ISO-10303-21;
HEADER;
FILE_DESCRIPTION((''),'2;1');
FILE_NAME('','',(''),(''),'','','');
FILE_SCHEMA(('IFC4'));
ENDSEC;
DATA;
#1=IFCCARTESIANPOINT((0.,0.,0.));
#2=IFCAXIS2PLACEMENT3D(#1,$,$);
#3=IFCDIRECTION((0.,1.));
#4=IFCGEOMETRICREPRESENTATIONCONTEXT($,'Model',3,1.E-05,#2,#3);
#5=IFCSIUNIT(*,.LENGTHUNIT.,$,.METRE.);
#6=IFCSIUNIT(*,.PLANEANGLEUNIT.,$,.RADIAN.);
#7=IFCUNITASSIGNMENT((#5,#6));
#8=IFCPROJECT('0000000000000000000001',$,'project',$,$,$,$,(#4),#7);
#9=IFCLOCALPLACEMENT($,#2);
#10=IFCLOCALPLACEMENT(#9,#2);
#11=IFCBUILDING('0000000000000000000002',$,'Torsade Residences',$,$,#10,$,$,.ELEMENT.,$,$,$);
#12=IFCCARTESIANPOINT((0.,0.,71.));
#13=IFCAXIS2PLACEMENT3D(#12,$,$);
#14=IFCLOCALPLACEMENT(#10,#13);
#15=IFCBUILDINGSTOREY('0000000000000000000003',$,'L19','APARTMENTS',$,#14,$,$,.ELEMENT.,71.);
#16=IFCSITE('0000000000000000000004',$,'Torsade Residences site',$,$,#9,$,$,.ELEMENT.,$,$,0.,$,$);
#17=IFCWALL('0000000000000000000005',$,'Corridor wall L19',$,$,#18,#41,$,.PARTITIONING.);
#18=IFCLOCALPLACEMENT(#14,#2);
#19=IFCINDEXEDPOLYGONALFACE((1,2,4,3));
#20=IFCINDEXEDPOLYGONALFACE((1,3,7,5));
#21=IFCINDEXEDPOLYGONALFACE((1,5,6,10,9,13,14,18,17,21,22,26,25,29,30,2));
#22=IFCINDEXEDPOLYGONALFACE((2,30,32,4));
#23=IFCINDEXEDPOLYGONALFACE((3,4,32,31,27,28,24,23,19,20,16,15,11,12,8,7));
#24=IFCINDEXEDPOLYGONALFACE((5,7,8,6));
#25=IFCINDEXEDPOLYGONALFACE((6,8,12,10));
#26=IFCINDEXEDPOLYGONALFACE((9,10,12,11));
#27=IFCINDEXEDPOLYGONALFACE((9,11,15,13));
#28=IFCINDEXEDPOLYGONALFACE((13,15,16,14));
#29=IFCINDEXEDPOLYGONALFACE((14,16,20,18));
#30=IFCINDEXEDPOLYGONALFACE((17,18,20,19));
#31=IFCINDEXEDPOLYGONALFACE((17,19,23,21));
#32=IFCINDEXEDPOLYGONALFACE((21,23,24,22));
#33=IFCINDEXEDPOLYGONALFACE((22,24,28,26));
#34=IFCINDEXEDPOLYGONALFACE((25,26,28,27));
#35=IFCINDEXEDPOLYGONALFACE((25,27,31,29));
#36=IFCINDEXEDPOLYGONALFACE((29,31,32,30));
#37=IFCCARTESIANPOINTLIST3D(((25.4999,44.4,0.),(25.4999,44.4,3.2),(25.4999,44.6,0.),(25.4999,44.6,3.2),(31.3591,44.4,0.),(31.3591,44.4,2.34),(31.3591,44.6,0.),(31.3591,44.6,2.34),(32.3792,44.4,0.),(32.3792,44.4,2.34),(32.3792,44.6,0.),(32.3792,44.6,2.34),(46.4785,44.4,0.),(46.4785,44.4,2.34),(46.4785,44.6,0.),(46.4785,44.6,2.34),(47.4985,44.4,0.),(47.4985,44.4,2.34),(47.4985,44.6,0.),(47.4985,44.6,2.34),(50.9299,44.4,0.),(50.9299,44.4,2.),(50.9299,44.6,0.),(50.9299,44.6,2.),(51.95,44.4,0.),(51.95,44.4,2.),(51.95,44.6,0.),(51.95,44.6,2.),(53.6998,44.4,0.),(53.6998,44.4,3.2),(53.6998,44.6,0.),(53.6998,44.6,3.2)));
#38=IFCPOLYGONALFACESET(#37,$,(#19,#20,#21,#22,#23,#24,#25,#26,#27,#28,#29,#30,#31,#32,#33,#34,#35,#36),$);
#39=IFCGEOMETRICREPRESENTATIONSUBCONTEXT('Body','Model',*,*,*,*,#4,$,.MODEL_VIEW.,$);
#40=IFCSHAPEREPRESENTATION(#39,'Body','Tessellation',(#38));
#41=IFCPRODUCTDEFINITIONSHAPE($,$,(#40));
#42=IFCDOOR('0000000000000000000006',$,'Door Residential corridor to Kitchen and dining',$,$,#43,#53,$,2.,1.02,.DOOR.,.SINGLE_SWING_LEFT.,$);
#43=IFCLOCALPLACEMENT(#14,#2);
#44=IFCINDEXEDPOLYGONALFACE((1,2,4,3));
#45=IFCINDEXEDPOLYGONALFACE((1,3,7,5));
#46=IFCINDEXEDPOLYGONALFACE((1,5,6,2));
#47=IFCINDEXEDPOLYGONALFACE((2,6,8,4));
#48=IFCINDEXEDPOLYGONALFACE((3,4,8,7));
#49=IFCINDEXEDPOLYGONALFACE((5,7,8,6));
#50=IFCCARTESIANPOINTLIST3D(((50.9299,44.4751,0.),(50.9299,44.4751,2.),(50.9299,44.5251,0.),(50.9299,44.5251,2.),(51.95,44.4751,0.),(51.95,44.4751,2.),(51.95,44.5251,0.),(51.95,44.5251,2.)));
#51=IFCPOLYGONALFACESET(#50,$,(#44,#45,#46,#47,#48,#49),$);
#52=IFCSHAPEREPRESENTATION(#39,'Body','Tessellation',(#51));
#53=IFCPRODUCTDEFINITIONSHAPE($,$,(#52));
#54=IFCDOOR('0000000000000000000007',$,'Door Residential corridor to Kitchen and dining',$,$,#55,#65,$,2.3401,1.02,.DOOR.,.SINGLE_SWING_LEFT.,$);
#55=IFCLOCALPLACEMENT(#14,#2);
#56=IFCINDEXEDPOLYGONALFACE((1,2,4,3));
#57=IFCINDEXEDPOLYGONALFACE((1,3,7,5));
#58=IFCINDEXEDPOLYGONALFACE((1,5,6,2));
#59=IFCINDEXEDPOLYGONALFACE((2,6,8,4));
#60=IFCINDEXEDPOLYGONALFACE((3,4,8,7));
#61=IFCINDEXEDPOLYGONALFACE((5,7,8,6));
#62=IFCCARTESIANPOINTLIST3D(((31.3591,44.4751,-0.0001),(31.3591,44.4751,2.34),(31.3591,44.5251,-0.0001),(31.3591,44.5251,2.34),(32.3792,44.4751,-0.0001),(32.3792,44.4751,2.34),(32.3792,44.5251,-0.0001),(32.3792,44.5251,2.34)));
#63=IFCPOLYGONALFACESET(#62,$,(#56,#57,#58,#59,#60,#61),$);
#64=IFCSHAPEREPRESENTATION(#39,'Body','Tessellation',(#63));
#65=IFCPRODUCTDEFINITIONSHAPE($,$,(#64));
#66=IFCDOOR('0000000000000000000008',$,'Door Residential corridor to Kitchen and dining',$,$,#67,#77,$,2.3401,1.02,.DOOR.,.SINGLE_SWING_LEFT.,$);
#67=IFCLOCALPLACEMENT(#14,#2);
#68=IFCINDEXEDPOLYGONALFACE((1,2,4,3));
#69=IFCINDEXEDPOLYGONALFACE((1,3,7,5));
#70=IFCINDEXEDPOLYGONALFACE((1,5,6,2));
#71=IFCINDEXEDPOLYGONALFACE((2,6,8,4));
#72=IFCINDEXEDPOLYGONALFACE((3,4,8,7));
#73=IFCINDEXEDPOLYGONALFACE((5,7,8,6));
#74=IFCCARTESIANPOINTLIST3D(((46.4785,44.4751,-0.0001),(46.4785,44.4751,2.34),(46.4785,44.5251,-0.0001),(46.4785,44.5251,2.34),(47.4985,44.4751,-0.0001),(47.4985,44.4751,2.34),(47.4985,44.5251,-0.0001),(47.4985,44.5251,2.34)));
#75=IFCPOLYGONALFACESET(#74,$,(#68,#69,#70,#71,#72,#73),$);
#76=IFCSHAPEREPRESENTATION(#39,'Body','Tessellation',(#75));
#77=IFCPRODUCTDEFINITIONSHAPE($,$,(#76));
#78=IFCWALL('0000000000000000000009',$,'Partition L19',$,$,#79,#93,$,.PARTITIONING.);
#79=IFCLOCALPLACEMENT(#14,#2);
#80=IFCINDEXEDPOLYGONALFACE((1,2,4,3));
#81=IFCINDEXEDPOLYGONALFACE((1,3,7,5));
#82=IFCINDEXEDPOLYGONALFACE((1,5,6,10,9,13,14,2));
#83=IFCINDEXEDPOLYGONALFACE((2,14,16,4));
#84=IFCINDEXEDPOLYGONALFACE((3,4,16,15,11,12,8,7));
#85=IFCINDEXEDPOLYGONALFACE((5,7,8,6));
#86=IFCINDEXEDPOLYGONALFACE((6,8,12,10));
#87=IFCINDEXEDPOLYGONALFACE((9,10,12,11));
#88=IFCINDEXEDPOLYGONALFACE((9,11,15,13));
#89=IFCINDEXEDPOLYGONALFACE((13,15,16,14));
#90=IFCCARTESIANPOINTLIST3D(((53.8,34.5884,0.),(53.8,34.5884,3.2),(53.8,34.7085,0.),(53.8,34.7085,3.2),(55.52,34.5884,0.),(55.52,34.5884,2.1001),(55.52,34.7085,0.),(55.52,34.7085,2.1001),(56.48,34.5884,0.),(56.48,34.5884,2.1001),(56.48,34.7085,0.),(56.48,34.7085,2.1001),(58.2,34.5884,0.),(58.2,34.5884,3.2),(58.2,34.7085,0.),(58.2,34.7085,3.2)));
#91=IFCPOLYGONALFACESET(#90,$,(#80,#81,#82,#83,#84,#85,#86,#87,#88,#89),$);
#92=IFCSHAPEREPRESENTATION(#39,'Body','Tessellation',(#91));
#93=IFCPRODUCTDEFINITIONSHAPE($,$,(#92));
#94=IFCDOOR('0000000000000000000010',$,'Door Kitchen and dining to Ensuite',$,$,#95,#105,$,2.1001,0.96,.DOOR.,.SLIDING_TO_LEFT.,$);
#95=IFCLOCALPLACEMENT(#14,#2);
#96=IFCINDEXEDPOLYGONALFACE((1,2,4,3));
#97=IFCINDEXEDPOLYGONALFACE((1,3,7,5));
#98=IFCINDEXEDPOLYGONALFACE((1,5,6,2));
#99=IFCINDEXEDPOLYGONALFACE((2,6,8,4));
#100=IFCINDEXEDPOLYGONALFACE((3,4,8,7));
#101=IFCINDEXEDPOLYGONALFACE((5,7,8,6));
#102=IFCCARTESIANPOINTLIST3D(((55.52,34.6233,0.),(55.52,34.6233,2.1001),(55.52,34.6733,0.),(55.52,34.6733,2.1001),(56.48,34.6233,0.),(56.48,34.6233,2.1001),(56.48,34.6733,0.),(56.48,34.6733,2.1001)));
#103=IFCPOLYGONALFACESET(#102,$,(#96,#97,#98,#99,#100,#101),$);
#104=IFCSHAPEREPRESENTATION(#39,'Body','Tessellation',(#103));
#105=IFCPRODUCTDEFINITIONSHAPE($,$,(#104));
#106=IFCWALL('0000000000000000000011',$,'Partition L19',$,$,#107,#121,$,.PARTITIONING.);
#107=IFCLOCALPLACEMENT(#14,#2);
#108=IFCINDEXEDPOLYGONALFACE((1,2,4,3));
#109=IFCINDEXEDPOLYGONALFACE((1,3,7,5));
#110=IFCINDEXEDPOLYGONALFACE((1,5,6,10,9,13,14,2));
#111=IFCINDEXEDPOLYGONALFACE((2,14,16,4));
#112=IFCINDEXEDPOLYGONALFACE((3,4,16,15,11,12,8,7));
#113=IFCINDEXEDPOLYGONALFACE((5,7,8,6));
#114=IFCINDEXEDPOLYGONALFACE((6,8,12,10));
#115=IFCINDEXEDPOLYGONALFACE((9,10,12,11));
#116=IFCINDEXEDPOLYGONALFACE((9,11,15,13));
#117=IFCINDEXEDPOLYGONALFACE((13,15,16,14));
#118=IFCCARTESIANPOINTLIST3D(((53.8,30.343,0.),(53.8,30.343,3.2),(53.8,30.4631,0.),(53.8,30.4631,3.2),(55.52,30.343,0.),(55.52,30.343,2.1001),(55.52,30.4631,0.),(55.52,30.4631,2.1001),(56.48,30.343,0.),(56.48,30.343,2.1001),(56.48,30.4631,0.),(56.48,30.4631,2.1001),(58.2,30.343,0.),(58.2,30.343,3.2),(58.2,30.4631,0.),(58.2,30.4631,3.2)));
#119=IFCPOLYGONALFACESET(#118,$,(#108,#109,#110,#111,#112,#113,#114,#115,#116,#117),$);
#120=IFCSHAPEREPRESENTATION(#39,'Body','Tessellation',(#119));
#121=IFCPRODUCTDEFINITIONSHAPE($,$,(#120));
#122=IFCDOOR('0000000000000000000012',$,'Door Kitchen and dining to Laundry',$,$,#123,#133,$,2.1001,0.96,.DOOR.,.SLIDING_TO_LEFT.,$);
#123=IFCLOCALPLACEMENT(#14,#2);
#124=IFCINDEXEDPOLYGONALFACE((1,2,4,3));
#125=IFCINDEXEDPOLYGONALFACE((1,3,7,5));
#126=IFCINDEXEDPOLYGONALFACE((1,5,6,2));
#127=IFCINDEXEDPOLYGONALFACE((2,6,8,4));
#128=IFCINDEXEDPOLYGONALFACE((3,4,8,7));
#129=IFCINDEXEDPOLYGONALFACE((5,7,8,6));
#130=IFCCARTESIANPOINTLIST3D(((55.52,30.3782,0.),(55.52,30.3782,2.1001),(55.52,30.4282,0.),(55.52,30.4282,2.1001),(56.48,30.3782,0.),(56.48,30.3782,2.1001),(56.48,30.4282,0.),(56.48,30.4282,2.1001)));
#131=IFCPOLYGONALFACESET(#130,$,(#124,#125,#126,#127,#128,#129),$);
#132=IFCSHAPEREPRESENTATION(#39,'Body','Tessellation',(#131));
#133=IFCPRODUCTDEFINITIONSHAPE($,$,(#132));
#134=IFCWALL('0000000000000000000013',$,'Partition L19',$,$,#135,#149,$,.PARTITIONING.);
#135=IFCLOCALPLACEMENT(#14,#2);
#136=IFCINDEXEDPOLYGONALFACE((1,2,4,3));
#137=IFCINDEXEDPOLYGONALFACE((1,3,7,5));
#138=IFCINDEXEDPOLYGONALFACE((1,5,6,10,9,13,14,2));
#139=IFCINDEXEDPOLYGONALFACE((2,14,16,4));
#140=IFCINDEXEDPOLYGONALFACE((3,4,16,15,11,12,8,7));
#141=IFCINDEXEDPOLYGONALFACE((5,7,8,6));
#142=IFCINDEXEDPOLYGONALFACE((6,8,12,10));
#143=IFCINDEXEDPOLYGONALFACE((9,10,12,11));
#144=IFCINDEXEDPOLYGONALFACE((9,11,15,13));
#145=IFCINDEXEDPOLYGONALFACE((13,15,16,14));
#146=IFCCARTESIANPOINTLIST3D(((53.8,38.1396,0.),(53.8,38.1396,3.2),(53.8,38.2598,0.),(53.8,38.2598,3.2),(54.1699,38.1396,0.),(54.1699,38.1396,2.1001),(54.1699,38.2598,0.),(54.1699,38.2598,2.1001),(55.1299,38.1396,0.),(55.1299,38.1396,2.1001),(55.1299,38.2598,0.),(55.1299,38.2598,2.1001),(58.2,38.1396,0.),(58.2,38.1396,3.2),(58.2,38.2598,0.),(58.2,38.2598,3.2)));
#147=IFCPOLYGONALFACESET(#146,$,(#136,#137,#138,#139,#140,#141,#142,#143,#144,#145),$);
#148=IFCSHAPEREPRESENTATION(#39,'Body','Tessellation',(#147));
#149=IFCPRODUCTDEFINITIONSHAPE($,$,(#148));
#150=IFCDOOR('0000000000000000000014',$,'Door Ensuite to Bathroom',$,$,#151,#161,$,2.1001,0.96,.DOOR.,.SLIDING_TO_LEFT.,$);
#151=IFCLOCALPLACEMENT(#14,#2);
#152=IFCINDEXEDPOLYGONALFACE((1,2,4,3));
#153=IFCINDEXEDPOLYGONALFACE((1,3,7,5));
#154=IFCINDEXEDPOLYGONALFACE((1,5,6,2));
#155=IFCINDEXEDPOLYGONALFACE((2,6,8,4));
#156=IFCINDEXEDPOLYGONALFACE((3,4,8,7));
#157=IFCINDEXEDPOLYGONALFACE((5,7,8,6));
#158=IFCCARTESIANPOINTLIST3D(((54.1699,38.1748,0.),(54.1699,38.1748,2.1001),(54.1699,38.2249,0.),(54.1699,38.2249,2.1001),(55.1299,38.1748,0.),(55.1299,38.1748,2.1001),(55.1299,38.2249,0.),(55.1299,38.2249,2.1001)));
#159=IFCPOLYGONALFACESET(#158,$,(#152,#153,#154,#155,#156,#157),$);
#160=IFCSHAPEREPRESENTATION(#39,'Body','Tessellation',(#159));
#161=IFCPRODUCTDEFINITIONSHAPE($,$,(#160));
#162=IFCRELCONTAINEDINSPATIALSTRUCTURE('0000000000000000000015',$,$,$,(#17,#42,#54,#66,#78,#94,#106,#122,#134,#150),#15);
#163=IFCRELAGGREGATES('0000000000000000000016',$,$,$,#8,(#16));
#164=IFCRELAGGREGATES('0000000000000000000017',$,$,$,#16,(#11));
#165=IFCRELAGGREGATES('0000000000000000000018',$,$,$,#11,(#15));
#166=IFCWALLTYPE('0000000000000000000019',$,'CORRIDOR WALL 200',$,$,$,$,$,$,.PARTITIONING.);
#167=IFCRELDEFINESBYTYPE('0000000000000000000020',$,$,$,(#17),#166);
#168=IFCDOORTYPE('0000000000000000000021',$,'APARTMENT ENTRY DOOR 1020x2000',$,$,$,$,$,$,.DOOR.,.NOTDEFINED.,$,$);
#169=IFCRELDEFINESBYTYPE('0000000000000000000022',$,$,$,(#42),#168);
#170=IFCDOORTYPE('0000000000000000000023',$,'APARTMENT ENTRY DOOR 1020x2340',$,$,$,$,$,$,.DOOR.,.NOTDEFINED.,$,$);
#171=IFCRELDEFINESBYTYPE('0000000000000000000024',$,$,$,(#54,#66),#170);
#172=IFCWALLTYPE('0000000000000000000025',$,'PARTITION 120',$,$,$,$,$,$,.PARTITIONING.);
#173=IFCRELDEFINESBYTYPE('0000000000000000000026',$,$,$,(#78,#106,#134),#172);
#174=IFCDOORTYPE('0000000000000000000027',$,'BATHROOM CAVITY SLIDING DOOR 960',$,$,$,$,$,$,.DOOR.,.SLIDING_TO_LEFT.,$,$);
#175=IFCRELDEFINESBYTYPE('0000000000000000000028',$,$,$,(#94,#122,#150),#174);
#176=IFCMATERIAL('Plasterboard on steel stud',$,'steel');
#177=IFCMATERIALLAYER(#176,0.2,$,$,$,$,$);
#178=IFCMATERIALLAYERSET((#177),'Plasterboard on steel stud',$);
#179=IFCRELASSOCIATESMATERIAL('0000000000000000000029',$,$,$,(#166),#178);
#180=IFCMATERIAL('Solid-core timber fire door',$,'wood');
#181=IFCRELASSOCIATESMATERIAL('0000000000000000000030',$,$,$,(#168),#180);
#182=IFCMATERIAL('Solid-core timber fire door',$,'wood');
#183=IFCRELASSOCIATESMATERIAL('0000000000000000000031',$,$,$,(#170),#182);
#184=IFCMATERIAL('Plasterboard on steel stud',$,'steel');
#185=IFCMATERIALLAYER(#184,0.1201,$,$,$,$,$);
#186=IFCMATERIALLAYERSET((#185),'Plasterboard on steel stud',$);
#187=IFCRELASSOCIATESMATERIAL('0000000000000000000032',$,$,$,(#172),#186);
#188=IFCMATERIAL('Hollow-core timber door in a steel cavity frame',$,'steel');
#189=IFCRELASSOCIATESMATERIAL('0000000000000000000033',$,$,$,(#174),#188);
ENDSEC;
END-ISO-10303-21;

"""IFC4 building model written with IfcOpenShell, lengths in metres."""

from ifc_helpers import new_model, si_unit, direction, frame, frame_2d, origin, place, context, subcontext, project, spatial, rectangle, extrude, material, layer, layer_set, type_object, element, fill, save


model = new_model("IFC4")

# Units and contexts
model_context = context("Model", 3, precision=1e-05, world=origin(), true_north=direction((0.0, 1.0)))
body_context = subcontext(model_context, "Body", "Model", "MODEL_VIEW")
ifc_project = project(units=[si_unit("LENGTHUNIT", "METRE"), si_unit("PLANEANGLEUNIT", "RADIAN")], contexts=[model_context])

# Site, building, storey
site_placement = place(None, origin())
site = spatial("IfcSite", under=ifc_project, at=site_placement, Name="Torsade Residences site", CompositionType="ELEMENT", RefElevation=0.0)
building_placement = place(site_placement, origin())
building = spatial("IfcBuilding", under=site, at=building_placement, Name="Torsade Residences", CompositionType="ELEMENT")
storey_placement = place(building_placement, frame((0.0, 0.0, 71.0)))
storey = spatial("IfcBuildingStorey", under=building, at=storey_placement, Name="L19", Description="APARTMENTS", CompositionType="ELEMENT", Elevation=71.0)

# Wall, openings, doors
ifc_material_1 = material(Name="Plasterboard on steel stud", Category="steel")
ifc_layer_1 = layer(ifc_material_1, 0.2)
ifc_layer_set_1 = layer_set([ifc_layer_1], Name="Plasterboard on steel stud")
wall_type_1 = type_object("IfcWallType", Name="CORRIDOR WALL 200", PredefinedType="PARTITIONING", material=ifc_layer_set_1)
wall_1_placement = place(storey_placement, frame((53.7, 44.5, 0.0), z_axis=(0.0, 0.0, 1.0), x_axis=(-1.0, 0.0, 0.0)))
wall_1 = element("IfcWall", 1, at=wall_1_placement, inside=storey, type_object=wall_type_1, Name="Corridor wall L19", PredefinedType="PARTITIONING", context=body_context, shape_type="SweptSolid", body=[
    extrude(rectangle(XDim=28.2, YDim=0.2, at=frame_2d((14.1001, 0.0))), origin(), (0.0, 0.0, 1.0), 3.2),
])
opening_1_placement = place(wall_1_placement, frame((21.3208, 0.0, 0.0)))
opening_1 = element("IfcOpeningElement", 2, at=opening_1_placement, cuts=wall_1, PredefinedType="OPENING", context=body_context, shape_type="SweptSolid", body=[
    extrude(rectangle(XDim=1.02, YDim=2.3401, at=frame_2d((0.51, 1.1699))), frame((0.0, 0.1099, 0.0), z_axis=(0.0, -1.0, 0.0), x_axis=(1.0, 0.0, 0.0)), (0.0, 0.0, 1.0), 0.22),
])
opening_2_placement = place(wall_1_placement, frame((6.2014, 0.0, 0.0)))
opening_2 = element("IfcOpeningElement", 3, at=opening_2_placement, cuts=wall_1, PredefinedType="OPENING", context=body_context, shape_type="SweptSolid", body=[
    extrude(rectangle(XDim=1.02, YDim=2.3401, at=frame_2d((0.51, 1.1699))), frame((0.0, 0.1099, 0.0), z_axis=(0.0, -1.0, 0.0), x_axis=(1.0, 0.0, 0.0)), (0.0, 0.0, 1.0), 0.22),
])
opening_3_placement = place(wall_1_placement, frame((1.75, 0.0, 0.0)))
opening_3 = element("IfcOpeningElement", 4, at=opening_3_placement, cuts=wall_1, PredefinedType="OPENING", context=body_context, shape_type="SweptSolid", body=[
    extrude(rectangle(XDim=1.02, YDim=2.0, at=frame_2d((0.51, 1.0))), frame((0.0, 0.1099, 0.0), z_axis=(0.0, -1.0, 0.0), x_axis=(1.0, 0.0, 0.0)), (0.0, 0.0, 1.0), 0.22),
])
ifc_material_2 = material(Name="Solid-core timber fire door", Category="wood")
door_type_1 = type_object("IfcDoorType", Name="APARTMENT ENTRY DOOR 1020x2000", OperationType="NOTDEFINED", PredefinedType="DOOR", material=ifc_material_2)
door_1_placement = place(opening_3_placement, origin())
door_1 = element("IfcDoor", 5, at=door_1_placement, inside=storey, type_object=door_type_1, Name="Door Residential corridor to Kitchen and dining", OperationType="SINGLE_SWING_LEFT", OverallHeight=2.0, OverallWidth=1.02, PredefinedType="DOOR", context=body_context, shape_type="SweptSolid", body=[
    extrude(rectangle(XDim=1.02, YDim=2.0, at=frame_2d((0.51, 1.0))), frame((0.0, 0.0249, 0.0), z_axis=(0.0, -1.0, 0.0), x_axis=(1.0, 0.0, 0.0)), (0.0, 0.0, 1.0), 0.05),
])
fill(opening_3, door_1)
ifc_material_3 = material(Name="Solid-core timber fire door", Category="wood")
door_type_2 = type_object("IfcDoorType", Name="APARTMENT ENTRY DOOR 1020x2340", OperationType="NOTDEFINED", PredefinedType="DOOR", material=ifc_material_3)
door_2_placement = place(opening_1_placement, origin())
door_2 = element("IfcDoor", 6, at=door_2_placement, inside=storey, type_object=door_type_2, Name="Door Residential corridor to Kitchen and dining", OperationType="SINGLE_SWING_LEFT", OverallHeight=2.3401, OverallWidth=1.02, PredefinedType="DOOR", context=body_context, shape_type="SweptSolid", body=[
    extrude(rectangle(XDim=1.02, YDim=2.3401, at=frame_2d((0.51, 1.1699))), frame((0.0, 0.0249, 0.0), z_axis=(0.0, -1.0, 0.0), x_axis=(1.0, 0.0, 0.0)), (0.0, 0.0, 1.0), 0.05),
])
fill(opening_1, door_2)
door_3_placement = place(opening_2_placement, origin())
door_3 = element("IfcDoor", 7, at=door_3_placement, inside=storey, type_object=door_type_2, Name="Door Residential corridor to Kitchen and dining", OperationType="SINGLE_SWING_LEFT", OverallHeight=2.3401, OverallWidth=1.02, PredefinedType="DOOR", context=body_context, shape_type="SweptSolid", body=[
    extrude(rectangle(XDim=1.02, YDim=2.3401, at=frame_2d((0.51, 1.1699))), frame((0.0, 0.0249, 0.0), z_axis=(0.0, -1.0, 0.0), x_axis=(1.0, 0.0, 0.0)), (0.0, 0.0, 1.0), 0.05),
])
fill(opening_2, door_3)

# Walls, openings, doors
ifc_material_4 = material(Name="Plasterboard on steel stud", Category="steel")
ifc_layer_2 = layer(ifc_material_4, 0.1201)
ifc_layer_set_2 = layer_set([ifc_layer_2], Name="Plasterboard on steel stud")
wall_type_2 = type_object("IfcWallType", Name="PARTITION 120", PredefinedType="PARTITIONING", material=ifc_layer_set_2)
wall_2_placement = place(storey_placement, frame((53.8, 34.6484, 0.0), z_axis=(0.0, 0.0, 1.0), x_axis=(1.0, 0.0, 0.0)))
wall_2 = element("IfcWall", 8, at=wall_2_placement, inside=storey, type_object=wall_type_2, Name="Partition L19", PredefinedType="PARTITIONING", context=body_context, shape_type="SweptSolid", body=[
    extrude(rectangle(XDim=4.3999, YDim=0.1201, at=frame_2d((2.2, 0.0))), origin(), (0.0, 0.0, 1.0), 3.2),
])
opening_4_placement = place(wall_2_placement, frame((1.72, 0.0, 0.0)))
opening_4 = element("IfcOpeningElement", 9, at=opening_4_placement, cuts=wall_2, PredefinedType="OPENING", context=body_context, shape_type="SweptSolid", body=[
    extrude(rectangle(XDim=0.96, YDim=2.1001, at=frame_2d((0.48, 1.05))), frame((0.0, 0.0701, 0.0), z_axis=(0.0, -1.0, 0.0), x_axis=(1.0, 0.0, 0.0)), (0.0, 0.0, 1.0), 0.1401),
])
ifc_material_5 = material(Name="Hollow-core timber door in a steel cavity frame", Category="steel")
door_type_3 = type_object("IfcDoorType", Name="BATHROOM CAVITY SLIDING DOOR 960", OperationType="SLIDING_TO_LEFT", PredefinedType="DOOR", material=ifc_material_5)
door_4_placement = place(opening_4_placement, origin())
door_4 = element("IfcDoor", 10, at=door_4_placement, inside=storey, type_object=door_type_3, Name="Door Kitchen and dining to Ensuite", OperationType="SLIDING_TO_LEFT", OverallHeight=2.1001, OverallWidth=0.96, PredefinedType="DOOR", context=body_context, shape_type="SweptSolid", body=[
    extrude(rectangle(XDim=0.96, YDim=2.1001, at=frame_2d((0.48, 1.05))), frame((0.0, 0.0249, 0.0), z_axis=(0.0, -1.0, 0.0), x_axis=(1.0, 0.0, 0.0)), (0.0, 0.0, 1.0), 0.05),
])
fill(opening_4, door_4)
wall_3_placement = place(storey_placement, frame((58.2, 30.4031, 0.0), z_axis=(0.0, 0.0, 1.0), x_axis=(-1.0, 0.0, 0.0)))
wall_3 = element("IfcWall", 11, at=wall_3_placement, inside=storey, type_object=wall_type_2, Name="Partition L19", PredefinedType="PARTITIONING", context=body_context, shape_type="SweptSolid", body=[
    extrude(rectangle(XDim=4.3999, YDim=0.1201, at=frame_2d((2.2, 0.0))), origin(), (0.0, 0.0, 1.0), 3.2),
])
opening_5_placement = place(wall_3_placement, frame((1.72, 0.0, 0.0)))
opening_5 = element("IfcOpeningElement", 12, at=opening_5_placement, cuts=wall_3, PredefinedType="OPENING", context=body_context, shape_type="SweptSolid", body=[
    extrude(rectangle(XDim=0.96, YDim=2.1001, at=frame_2d((0.48, 1.05))), frame((0.0, 0.0701, 0.0), z_axis=(0.0, -1.0, 0.0), x_axis=(1.0, 0.0, 0.0)), (0.0, 0.0, 1.0), 0.1401),
])
door_5_placement = place(opening_5_placement, origin())
door_5 = element("IfcDoor", 13, at=door_5_placement, inside=storey, type_object=door_type_3, Name="Door Kitchen and dining to Laundry", OperationType="SLIDING_TO_LEFT", OverallHeight=2.1001, OverallWidth=0.96, PredefinedType="DOOR", context=body_context, shape_type="SweptSolid", body=[
    extrude(rectangle(XDim=0.96, YDim=2.1001, at=frame_2d((0.48, 1.05))), frame((0.0, 0.0249, 0.0), z_axis=(0.0, -1.0, 0.0), x_axis=(1.0, 0.0, 0.0)), (0.0, 0.0, 1.0), 0.05),
])
fill(opening_5, door_5)
wall_4_placement = place(storey_placement, frame((58.2, 38.1997, 0.0), z_axis=(0.0, 0.0, 1.0), x_axis=(-1.0, 0.0, 0.0)))
wall_4 = element("IfcWall", 14, at=wall_4_placement, inside=storey, type_object=wall_type_2, Name="Partition L19", PredefinedType="PARTITIONING", context=body_context, shape_type="SweptSolid", body=[
    extrude(rectangle(XDim=4.3999, YDim=0.1201, at=frame_2d((2.2, 0.0))), origin(), (0.0, 0.0, 1.0), 3.2),
])
opening_6_placement = place(wall_4_placement, frame((3.0701, 0.0, 0.0)))
opening_6 = element("IfcOpeningElement", 15, at=opening_6_placement, cuts=wall_4, PredefinedType="OPENING", context=body_context, shape_type="SweptSolid", body=[
    extrude(rectangle(XDim=0.96, YDim=2.1001, at=frame_2d((0.48, 1.05))), frame((0.0, 0.0701, 0.0), z_axis=(0.0, -1.0, 0.0), x_axis=(1.0, 0.0, 0.0)), (0.0, 0.0, 1.0), 0.1401),
])
door_6_placement = place(opening_6_placement, origin())
door_6 = element("IfcDoor", 16, at=door_6_placement, inside=storey, type_object=door_type_3, Name="Door Ensuite to Bathroom", OperationType="SLIDING_TO_LEFT", OverallHeight=2.1001, OverallWidth=0.96, PredefinedType="DOOR", context=body_context, shape_type="SweptSolid", body=[
    extrude(rectangle(XDim=0.96, YDim=2.1001, at=frame_2d((0.48, 1.05))), frame((0.0, 0.0249, 0.0), z_axis=(0.0, -1.0, 0.0), x_axis=(1.0, 0.0, 0.0)), (0.0, 0.0, 1.0), 0.05),
])
fill(opening_6, door_6)

save(model, "model.ifc")
